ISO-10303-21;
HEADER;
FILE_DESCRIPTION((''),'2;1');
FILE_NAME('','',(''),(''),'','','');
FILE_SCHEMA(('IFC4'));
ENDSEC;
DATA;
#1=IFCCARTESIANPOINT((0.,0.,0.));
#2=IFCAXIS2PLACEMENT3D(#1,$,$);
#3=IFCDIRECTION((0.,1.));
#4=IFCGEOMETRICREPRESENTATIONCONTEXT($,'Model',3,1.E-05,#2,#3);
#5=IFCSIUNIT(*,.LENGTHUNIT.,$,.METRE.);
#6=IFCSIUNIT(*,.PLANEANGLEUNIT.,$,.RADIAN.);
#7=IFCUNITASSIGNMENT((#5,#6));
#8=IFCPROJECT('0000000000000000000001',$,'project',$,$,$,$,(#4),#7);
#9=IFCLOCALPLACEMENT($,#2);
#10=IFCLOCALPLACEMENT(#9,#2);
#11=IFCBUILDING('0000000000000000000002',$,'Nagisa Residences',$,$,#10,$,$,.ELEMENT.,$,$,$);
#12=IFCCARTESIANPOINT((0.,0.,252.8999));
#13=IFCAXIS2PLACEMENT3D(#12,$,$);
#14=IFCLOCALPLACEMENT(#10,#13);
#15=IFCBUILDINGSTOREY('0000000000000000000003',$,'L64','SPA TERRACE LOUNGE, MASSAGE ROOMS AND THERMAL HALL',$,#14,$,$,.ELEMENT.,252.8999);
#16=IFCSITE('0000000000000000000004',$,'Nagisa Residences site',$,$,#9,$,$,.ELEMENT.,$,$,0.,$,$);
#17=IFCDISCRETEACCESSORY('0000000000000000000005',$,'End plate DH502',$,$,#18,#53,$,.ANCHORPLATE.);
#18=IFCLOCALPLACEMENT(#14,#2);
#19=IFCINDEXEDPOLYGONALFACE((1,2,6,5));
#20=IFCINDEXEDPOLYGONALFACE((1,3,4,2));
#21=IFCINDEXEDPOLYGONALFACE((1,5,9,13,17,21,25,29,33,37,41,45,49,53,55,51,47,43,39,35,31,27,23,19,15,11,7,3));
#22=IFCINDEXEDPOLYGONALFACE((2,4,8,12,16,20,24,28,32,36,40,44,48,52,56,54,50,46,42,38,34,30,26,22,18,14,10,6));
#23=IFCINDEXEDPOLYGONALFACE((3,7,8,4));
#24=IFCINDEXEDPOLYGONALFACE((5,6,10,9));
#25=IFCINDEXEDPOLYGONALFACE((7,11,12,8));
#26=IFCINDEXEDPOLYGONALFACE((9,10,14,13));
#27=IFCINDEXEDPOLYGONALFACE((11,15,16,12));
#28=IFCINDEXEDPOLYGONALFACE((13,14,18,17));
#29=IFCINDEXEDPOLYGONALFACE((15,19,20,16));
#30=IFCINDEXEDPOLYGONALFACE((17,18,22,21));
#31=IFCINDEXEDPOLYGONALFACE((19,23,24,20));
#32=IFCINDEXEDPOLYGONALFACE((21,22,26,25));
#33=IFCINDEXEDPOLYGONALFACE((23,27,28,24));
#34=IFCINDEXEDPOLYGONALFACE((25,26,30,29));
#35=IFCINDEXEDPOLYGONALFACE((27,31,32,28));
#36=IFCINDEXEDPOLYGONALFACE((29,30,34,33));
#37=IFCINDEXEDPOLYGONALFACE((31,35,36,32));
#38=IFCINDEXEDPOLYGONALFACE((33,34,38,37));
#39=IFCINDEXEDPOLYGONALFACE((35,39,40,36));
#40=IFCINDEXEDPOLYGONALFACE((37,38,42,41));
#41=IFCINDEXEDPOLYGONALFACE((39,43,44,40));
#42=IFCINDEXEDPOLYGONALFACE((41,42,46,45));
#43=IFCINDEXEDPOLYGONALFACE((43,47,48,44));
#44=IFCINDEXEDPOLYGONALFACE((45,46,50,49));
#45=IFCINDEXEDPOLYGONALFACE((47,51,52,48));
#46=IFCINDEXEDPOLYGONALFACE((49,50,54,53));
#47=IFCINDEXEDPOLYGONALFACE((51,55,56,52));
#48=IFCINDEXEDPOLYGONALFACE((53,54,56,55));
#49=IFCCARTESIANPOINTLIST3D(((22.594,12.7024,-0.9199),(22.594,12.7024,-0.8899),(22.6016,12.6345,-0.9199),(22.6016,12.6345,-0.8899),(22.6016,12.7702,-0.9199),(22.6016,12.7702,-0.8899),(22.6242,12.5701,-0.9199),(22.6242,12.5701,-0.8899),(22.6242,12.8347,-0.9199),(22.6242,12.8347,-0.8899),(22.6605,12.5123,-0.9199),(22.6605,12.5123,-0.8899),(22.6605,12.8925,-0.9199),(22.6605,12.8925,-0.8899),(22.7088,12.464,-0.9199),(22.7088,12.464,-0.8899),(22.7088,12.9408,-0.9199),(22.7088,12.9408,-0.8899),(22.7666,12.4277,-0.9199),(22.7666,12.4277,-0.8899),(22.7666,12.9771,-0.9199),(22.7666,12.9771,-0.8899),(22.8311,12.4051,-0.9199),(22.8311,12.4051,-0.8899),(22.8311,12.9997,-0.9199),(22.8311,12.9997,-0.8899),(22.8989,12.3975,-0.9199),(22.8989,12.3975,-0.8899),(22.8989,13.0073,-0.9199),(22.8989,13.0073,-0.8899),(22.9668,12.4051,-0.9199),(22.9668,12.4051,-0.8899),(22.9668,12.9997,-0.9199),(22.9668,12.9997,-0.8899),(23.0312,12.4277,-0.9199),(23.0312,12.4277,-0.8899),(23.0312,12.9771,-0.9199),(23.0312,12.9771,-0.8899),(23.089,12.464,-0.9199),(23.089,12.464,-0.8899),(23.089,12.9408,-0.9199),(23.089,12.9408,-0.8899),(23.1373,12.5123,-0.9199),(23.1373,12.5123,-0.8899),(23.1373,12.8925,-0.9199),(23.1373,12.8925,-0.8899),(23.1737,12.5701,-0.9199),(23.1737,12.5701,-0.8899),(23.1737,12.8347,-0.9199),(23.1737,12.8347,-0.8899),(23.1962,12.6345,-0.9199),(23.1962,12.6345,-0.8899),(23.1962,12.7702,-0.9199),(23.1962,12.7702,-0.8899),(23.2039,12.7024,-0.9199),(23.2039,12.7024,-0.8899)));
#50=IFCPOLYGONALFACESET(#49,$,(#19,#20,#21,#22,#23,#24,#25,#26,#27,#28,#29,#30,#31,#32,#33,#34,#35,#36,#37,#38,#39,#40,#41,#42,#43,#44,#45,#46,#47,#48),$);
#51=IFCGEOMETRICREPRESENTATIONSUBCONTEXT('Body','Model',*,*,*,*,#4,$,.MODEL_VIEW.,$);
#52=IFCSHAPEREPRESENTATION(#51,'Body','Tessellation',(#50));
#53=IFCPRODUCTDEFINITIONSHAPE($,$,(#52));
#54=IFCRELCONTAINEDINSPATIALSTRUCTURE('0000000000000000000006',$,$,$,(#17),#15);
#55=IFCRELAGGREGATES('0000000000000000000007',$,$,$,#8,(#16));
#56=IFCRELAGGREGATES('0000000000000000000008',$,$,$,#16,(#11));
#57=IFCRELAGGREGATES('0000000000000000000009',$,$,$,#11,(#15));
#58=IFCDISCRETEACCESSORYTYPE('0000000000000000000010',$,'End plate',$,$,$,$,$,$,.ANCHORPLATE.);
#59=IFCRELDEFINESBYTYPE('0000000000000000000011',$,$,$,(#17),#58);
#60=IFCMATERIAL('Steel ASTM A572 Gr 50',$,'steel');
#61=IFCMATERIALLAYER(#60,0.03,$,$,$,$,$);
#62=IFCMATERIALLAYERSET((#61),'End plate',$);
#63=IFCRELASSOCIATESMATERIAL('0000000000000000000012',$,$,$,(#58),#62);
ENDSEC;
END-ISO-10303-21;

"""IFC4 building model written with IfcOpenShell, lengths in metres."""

from ifc_helpers import new_model, si_unit, direction, frame, origin, origin_2d, place, context, subcontext, project, spatial, circle, extrude, material, layer, layer_set, type_object, element, save


model = new_model("IFC4")

# Units and contexts
model_context = context("Model", 3, precision=1e-05, world=origin(), true_north=direction((0.0, 1.0)))
body_context = subcontext(model_context, "Body", "Model", "MODEL_VIEW")
ifc_project = project(units=[si_unit("LENGTHUNIT", "METRE"), si_unit("PLANEANGLEUNIT", "RADIAN")], contexts=[model_context])

# Site, building, storey
site_placement = place(None, origin())
site = spatial("IfcSite", under=ifc_project, at=site_placement, Name="Nagisa Residences site", CompositionType="ELEMENT", RefElevation=0.0)
building_placement = place(site_placement, origin())
building = spatial("IfcBuilding", under=site, at=building_placement, Name="Nagisa Residences", CompositionType="ELEMENT")
storey_placement = place(building_placement, frame((0.0, 0.0, 252.8999)))
storey = spatial("IfcBuildingStorey", under=building, at=storey_placement, Name="L64", Description="SPA TERRACE LOUNGE, MASSAGE ROOMS AND THERMAL HALL", CompositionType="ELEMENT", Elevation=252.8999)

# Discrete accessory
ifc_material_1 = material(Name="Steel ASTM A572 Gr 50", Category="steel")
ifc_layer_1 = layer(ifc_material_1, 0.03)
ifc_layer_set_1 = layer_set([ifc_layer_1], Name="End plate")
discrete_accessory_type = type_object("IfcDiscreteAccessoryType", Name="End plate", PredefinedType="ANCHORPLATE", material=ifc_layer_set_1)
discrete_accessory_placement = place(storey_placement, frame((22.8989, 12.7024, -0.8899), z_axis=(0.0, 0.0, -1.0), x_axis=(1.0, 0.0, 0.0)))
element("IfcDiscreteAccessory", 1, at=discrete_accessory_placement, inside=storey, type_object=discrete_accessory_type, Name="End plate DH502", PredefinedType="ANCHORPLATE", context=body_context, shape_type="SweptSolid", body=[
    extrude(circle(Radius=0.3049, at=origin_2d()), origin(), (0.0, 0.0, 1.0), 0.03),
])

save(model, "model.ifc")
